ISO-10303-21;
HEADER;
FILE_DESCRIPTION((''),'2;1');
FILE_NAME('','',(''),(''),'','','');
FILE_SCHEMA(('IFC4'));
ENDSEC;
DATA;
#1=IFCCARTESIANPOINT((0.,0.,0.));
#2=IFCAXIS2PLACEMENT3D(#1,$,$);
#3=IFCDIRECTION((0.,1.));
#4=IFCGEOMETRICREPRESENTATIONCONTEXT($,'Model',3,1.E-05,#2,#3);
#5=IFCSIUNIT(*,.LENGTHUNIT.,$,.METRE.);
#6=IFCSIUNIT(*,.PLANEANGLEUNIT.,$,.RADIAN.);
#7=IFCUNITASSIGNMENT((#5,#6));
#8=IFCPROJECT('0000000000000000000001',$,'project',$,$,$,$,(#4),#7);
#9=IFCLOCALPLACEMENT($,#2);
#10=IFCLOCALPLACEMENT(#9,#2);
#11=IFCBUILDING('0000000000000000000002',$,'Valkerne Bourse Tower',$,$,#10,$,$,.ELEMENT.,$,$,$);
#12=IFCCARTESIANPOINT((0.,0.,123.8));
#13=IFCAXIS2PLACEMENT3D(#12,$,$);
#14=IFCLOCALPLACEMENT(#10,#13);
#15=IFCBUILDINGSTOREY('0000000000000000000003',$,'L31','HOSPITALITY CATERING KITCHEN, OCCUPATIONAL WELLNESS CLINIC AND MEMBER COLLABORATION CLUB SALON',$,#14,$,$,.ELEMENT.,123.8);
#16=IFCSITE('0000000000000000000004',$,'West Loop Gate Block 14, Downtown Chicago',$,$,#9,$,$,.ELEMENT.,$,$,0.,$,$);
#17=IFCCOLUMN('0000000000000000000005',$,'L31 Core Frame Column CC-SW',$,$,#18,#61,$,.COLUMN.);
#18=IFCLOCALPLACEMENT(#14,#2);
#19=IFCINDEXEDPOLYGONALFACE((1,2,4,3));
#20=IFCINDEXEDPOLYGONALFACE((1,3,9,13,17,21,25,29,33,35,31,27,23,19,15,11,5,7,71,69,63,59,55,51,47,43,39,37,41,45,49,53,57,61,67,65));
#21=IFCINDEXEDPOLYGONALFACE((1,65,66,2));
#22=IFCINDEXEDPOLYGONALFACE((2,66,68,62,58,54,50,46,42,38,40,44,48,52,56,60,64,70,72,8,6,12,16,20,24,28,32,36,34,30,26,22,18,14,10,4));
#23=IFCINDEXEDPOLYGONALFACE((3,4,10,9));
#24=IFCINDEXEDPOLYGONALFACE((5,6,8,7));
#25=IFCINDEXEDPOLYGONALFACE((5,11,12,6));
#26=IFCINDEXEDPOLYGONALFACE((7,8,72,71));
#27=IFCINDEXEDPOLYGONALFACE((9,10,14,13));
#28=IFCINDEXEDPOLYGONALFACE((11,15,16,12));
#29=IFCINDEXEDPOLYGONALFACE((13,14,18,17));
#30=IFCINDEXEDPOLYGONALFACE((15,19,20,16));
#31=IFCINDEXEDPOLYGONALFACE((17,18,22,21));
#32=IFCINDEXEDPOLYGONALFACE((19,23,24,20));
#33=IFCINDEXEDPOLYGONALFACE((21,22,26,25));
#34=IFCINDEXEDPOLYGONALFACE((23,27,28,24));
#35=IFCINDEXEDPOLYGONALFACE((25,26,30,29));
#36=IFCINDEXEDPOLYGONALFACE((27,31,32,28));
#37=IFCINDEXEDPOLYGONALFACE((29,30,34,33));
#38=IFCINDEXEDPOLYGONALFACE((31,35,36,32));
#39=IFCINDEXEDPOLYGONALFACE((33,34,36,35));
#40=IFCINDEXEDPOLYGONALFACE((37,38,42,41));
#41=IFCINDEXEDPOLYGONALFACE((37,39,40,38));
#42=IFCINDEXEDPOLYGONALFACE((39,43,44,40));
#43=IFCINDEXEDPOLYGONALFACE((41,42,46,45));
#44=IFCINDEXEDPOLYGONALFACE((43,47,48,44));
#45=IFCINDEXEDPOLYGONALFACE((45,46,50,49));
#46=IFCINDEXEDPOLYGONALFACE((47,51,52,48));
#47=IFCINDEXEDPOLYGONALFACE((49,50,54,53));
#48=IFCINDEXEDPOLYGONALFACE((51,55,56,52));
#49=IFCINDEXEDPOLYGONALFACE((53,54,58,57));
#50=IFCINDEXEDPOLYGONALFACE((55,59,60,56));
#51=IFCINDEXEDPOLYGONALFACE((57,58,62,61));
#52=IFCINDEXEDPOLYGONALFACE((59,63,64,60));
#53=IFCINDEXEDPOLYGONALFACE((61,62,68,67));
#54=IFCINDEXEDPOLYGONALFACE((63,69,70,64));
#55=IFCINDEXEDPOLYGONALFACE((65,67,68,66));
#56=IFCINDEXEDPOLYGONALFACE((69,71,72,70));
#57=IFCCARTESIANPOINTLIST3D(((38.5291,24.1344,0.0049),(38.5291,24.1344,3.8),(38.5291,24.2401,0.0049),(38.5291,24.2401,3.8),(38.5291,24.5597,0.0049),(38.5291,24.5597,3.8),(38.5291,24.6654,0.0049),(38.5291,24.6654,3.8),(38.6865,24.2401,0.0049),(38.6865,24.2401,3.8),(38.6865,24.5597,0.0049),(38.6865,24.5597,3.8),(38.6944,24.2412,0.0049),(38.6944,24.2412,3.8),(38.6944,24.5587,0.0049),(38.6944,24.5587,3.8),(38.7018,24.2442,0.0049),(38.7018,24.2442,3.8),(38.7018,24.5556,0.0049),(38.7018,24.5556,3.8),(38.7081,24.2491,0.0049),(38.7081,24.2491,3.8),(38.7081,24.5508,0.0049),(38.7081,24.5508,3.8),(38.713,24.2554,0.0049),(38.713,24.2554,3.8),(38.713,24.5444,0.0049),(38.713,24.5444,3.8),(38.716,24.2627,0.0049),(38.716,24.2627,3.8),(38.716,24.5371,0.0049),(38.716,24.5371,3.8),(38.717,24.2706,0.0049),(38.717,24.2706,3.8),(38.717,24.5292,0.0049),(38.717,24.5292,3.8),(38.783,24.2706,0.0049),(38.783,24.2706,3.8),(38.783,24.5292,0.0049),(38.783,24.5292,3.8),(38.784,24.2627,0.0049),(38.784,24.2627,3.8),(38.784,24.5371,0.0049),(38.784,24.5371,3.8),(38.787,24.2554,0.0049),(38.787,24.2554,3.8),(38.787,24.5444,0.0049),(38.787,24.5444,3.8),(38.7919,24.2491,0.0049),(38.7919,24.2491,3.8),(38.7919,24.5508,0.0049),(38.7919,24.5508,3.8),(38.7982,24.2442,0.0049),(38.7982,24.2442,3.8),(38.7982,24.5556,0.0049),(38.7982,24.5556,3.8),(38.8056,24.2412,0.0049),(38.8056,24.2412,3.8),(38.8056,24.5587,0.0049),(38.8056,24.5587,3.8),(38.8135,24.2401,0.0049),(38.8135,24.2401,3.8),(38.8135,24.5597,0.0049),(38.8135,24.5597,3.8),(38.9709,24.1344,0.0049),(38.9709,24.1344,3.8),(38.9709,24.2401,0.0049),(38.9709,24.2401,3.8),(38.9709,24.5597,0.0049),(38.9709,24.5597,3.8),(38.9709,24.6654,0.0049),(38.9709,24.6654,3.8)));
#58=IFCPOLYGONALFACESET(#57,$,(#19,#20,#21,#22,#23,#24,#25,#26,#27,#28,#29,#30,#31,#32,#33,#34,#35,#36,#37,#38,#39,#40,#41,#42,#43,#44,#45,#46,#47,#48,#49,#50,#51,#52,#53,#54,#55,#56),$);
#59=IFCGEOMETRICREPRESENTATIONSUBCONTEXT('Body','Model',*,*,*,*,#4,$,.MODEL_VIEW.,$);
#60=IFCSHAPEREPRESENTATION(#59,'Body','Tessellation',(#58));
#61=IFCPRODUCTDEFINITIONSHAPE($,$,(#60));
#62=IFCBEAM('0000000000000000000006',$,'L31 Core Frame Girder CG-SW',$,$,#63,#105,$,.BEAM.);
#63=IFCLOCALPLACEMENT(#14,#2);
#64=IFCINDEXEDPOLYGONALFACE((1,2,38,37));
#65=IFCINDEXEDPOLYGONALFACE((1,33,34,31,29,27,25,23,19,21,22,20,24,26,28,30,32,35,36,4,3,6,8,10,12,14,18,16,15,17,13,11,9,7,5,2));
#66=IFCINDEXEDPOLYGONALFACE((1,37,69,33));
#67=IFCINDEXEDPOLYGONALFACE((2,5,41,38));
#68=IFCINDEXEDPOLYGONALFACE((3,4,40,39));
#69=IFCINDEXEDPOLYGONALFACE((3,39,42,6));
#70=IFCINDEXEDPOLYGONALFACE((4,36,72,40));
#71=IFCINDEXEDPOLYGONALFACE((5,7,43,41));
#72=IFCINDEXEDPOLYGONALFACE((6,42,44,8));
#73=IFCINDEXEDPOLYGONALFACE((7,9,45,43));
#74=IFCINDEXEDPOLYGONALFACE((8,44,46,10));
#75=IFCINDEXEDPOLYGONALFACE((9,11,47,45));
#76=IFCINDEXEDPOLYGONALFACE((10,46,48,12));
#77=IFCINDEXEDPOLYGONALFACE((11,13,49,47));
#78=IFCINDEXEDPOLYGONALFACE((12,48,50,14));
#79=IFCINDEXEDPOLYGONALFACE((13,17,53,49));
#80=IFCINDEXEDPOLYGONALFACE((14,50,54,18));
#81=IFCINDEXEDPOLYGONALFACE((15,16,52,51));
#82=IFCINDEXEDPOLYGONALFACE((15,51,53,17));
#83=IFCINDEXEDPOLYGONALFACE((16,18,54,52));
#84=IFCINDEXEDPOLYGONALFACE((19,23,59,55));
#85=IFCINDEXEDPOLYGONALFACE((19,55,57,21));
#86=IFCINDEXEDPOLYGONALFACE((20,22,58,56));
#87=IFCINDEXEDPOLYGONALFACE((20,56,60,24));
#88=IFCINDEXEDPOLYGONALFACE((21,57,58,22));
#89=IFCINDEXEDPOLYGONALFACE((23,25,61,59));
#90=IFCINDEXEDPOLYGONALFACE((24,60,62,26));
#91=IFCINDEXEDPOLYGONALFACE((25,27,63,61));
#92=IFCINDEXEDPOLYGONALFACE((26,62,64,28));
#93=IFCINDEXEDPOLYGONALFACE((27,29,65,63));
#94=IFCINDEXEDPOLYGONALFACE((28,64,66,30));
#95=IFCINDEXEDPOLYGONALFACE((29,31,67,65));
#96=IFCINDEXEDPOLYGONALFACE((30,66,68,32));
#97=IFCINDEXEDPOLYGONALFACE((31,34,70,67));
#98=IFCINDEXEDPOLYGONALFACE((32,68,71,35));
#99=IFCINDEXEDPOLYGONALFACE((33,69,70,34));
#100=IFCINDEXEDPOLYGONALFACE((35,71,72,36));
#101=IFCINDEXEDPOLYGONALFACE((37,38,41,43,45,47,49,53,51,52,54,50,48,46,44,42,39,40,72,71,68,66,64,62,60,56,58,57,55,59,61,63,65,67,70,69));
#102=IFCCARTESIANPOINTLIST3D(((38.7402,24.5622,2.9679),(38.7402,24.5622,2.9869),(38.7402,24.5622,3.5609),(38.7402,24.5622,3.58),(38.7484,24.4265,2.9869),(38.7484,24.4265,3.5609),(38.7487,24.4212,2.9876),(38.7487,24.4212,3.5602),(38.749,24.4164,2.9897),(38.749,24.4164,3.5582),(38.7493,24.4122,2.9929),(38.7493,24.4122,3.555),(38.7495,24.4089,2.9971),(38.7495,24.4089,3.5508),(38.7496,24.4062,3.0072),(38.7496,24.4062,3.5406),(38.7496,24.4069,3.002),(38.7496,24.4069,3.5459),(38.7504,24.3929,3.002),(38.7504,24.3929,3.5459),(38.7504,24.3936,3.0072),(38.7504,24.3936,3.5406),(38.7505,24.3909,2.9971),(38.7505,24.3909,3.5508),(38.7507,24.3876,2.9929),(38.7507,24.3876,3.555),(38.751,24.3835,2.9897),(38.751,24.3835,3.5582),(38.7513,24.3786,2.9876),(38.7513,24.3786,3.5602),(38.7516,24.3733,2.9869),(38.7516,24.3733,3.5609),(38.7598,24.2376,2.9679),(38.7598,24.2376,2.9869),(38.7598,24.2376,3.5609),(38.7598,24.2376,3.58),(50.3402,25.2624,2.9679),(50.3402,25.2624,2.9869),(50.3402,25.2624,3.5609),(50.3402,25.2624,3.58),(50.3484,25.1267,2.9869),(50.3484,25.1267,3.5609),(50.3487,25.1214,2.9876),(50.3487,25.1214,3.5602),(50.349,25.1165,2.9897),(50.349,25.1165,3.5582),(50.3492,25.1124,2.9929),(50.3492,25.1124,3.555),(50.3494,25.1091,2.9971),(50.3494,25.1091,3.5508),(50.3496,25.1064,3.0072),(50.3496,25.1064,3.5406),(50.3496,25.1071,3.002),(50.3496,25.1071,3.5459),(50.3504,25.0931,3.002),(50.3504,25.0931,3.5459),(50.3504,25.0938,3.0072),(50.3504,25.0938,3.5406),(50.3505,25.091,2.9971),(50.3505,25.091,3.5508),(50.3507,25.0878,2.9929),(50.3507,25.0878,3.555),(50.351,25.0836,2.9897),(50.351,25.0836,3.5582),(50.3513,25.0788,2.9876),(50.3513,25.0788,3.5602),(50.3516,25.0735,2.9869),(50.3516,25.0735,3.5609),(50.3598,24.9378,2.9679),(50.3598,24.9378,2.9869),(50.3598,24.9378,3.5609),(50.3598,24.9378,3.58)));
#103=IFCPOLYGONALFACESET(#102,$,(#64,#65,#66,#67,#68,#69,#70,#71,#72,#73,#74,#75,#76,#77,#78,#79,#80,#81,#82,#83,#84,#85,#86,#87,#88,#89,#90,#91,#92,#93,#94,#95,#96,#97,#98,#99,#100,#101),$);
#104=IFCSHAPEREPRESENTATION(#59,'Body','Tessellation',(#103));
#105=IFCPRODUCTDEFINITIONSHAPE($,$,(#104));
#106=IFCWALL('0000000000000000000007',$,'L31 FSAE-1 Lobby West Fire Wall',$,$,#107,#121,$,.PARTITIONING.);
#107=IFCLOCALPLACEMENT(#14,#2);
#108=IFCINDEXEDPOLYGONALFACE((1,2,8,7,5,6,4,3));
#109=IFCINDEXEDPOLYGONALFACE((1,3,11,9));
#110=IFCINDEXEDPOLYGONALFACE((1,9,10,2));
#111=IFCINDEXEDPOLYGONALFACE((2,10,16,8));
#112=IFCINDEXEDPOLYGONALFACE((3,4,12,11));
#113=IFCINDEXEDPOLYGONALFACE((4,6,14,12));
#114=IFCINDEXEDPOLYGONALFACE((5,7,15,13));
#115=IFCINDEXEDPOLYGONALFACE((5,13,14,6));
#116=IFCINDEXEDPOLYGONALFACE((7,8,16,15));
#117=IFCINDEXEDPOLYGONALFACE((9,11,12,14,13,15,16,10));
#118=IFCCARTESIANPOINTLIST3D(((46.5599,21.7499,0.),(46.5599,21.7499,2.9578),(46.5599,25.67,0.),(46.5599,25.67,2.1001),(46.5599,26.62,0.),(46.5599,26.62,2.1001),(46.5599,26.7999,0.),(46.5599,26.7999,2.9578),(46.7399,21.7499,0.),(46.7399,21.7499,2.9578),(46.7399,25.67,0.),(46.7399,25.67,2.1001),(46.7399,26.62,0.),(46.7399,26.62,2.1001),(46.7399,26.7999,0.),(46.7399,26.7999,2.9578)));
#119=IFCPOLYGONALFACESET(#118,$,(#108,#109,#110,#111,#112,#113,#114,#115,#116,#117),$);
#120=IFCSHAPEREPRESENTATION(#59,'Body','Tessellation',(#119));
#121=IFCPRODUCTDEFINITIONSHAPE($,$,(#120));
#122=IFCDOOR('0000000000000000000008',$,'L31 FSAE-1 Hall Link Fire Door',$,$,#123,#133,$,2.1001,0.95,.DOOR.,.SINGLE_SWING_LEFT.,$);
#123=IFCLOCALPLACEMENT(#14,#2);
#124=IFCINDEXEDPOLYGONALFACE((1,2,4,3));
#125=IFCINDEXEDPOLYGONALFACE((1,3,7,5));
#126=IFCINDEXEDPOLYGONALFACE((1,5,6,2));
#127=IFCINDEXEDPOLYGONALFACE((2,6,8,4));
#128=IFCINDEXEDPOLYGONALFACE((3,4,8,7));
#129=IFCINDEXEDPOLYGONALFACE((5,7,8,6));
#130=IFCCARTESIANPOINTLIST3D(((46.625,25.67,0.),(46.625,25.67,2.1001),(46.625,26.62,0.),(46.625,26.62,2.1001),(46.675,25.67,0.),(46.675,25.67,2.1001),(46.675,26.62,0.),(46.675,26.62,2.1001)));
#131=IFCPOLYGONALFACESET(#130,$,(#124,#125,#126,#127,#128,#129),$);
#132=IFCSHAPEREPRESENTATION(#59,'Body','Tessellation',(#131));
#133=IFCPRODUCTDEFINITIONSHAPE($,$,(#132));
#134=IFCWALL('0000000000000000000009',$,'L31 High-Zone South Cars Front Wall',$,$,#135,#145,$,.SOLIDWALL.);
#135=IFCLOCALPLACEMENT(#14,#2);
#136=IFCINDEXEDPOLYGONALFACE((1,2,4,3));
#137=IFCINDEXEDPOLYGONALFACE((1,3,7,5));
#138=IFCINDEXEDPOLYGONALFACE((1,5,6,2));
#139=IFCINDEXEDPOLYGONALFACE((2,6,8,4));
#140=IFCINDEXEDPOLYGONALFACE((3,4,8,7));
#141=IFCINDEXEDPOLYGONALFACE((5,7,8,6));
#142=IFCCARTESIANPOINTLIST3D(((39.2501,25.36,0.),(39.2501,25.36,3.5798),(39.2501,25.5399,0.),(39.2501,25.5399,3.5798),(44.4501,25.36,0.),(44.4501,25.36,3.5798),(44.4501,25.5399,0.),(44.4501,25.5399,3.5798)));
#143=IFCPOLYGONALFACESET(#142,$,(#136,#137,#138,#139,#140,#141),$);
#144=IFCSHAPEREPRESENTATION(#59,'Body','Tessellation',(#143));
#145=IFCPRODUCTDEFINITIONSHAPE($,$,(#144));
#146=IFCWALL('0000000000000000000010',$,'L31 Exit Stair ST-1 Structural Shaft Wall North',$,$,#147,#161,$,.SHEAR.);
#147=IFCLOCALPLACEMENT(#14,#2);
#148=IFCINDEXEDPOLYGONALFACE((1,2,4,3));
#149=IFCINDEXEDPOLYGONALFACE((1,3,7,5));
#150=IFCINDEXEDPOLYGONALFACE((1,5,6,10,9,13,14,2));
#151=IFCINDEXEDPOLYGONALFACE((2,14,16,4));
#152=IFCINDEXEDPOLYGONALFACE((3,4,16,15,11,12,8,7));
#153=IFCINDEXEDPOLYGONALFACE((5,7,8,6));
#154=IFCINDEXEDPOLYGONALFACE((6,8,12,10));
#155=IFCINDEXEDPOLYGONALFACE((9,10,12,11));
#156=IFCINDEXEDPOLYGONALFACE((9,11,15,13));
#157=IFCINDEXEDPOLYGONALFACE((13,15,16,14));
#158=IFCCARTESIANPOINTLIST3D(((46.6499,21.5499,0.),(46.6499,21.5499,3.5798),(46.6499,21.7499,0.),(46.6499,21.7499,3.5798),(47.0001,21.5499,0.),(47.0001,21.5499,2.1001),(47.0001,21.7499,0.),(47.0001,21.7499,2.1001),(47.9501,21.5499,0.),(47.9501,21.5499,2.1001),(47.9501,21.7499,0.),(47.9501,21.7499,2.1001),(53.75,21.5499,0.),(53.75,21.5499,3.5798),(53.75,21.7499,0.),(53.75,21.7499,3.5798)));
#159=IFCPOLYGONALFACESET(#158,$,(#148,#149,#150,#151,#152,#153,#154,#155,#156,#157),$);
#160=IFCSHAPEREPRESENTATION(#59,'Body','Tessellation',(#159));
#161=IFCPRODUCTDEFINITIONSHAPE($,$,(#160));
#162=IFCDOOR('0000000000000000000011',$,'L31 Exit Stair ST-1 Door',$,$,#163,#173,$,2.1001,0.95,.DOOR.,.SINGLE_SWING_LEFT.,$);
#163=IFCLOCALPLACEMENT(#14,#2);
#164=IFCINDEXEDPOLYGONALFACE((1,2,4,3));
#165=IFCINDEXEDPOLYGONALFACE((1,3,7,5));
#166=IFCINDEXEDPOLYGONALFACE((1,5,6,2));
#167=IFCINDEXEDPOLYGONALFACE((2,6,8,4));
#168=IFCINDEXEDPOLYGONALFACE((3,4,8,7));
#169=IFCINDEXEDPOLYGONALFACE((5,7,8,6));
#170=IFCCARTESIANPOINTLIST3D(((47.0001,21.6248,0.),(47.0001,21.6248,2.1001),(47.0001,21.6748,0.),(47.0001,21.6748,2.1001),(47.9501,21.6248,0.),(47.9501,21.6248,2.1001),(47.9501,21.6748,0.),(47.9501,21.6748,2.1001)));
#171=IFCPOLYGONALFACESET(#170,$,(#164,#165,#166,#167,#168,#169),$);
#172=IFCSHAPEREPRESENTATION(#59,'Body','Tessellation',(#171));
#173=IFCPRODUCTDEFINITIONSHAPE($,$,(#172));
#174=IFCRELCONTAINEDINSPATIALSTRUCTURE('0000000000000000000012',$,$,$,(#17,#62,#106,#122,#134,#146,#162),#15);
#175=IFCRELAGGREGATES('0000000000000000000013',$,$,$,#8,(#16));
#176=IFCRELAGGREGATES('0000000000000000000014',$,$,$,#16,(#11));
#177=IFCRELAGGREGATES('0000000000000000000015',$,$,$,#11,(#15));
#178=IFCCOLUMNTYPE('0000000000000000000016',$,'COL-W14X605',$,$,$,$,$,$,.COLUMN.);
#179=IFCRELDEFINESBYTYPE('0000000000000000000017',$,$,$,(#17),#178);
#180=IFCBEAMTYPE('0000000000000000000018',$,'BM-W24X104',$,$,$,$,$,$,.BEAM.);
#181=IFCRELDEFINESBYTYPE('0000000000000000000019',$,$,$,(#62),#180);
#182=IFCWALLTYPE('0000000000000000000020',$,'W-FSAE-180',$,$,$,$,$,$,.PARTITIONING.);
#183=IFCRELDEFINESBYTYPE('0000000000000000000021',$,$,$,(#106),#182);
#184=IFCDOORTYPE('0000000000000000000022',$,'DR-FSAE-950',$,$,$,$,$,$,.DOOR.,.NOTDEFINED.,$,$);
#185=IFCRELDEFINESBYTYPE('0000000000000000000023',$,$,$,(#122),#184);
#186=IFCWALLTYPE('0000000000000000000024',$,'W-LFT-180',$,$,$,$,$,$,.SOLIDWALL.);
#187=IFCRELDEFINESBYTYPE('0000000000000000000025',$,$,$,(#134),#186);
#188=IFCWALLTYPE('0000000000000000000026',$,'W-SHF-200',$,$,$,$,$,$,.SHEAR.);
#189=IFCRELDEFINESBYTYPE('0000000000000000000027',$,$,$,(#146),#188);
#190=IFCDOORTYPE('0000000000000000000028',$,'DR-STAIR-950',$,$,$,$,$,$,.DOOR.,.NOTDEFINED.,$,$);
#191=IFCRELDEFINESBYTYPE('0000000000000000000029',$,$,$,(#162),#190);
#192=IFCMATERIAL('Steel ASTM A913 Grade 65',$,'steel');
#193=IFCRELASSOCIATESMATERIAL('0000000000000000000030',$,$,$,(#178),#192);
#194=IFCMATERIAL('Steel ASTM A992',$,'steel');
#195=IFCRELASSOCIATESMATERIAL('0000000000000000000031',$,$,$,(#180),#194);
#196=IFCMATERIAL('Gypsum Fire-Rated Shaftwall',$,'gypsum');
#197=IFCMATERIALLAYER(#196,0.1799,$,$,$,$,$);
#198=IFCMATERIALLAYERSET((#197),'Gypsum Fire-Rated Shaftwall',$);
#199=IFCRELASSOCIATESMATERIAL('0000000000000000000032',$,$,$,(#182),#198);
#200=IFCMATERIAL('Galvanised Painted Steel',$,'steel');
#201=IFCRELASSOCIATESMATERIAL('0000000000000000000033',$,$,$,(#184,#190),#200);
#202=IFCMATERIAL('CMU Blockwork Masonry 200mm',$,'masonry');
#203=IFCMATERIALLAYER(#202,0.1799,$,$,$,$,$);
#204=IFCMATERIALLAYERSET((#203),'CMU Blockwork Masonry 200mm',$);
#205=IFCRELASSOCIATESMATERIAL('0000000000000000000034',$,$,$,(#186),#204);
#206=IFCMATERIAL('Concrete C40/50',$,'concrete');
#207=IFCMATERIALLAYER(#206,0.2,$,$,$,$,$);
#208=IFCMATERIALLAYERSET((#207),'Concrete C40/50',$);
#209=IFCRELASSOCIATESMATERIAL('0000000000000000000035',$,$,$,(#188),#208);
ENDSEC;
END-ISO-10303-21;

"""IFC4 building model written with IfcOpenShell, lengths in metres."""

from ifc_helpers import new_model, si_unit, direction, frame, frame_2d, origin, origin_2d, place, context, subcontext, project, spatial, rectangle, i_section, extrude, material, layer, layer_set, material_profile, profile_set, type_object, element, fill, save


model = new_model("IFC4")

# Units and contexts
model_context = context("Model", 3, precision=1e-05, world=origin(), true_north=direction((0.0, 1.0)))
body_context = subcontext(model_context, "Body", "Model", "MODEL_VIEW")
ifc_project = project(units=[si_unit("LENGTHUNIT", "METRE"), si_unit("PLANEANGLEUNIT", "RADIAN")], contexts=[model_context])

# Site, building, storey
site_placement = place(None, origin())
site = spatial("IfcSite", under=ifc_project, at=site_placement, Name="West Loop Gate Block 14, Downtown Chicago", CompositionType="ELEMENT", RefElevation=0.0)
building_placement = place(site_placement, origin())
building = spatial("IfcBuilding", under=site, at=building_placement, Name="Valkerne Bourse Tower", CompositionType="ELEMENT")
storey_placement = place(building_placement, frame((0.0, 0.0, 123.8)))
storey = spatial("IfcBuildingStorey", under=building, at=storey_placement, Name="L31", Description="HOSPITALITY CATERING KITCHEN, OCCUPATIONAL WELLNESS CLINIC AND MEMBER COLLABORATION CLUB SALON", CompositionType="ELEMENT", Elevation=123.8)

# Column
ifc_material_1 = material(Name="Steel ASTM A913 Grade 65", Category="steel")
ifc_material_profile_1 = material_profile(ifc_material_1, i_section(OverallWidth=0.4419, OverallDepth=0.531, WebThickness=0.0659, FlangeThickness=0.1057, FilletRadius=0.0305, at=origin_2d()), Name="W14X605")
ifc_profile_set_1 = profile_set([ifc_material_profile_1], Name="Steel ASTM A913 Grade 65")
column_type = type_object("IfcColumnType", Name="COL-W14X605", PredefinedType="COLUMN", material=ifc_profile_set_1)
column_placement = place(storey_placement, frame((38.75, 24.3999, 0.0049), z_axis=(0.0, 0.0, 1.0), x_axis=(1.0, 0.0, 0.0)))
element("IfcColumn", 1, at=column_placement, inside=storey, type_object=column_type, Name="L31 Core Frame Column CC-SW", PredefinedType="COLUMN", context=body_context, shape_type="SweptSolid", body=[
    extrude(i_section(OverallWidth=0.4419, OverallDepth=0.531, WebThickness=0.0659, FlangeThickness=0.1057, FilletRadius=0.0305, at=origin_2d()), origin(), (0.0, 0.0, 1.0), 3.7952),
])

# Beam
ifc_material_2 = material(Name="Steel ASTM A992", Category="steel")
ifc_material_profile_2 = material_profile(ifc_material_2, i_section(OverallWidth=0.3252, OverallDepth=0.6121, WebThickness=0.0127, FlangeThickness=0.019, FilletRadius=0.0203, at=origin_2d()), Name="W24X104")
ifc_profile_set_2 = profile_set([ifc_material_profile_2], Name="Steel ASTM A992")
beam_type = type_object("IfcBeamType", Name="BM-W24X104", PredefinedType="BEAM", material=ifc_profile_set_2)
beam_placement = place(storey_placement, frame((38.75, 24.3999, 3.2739), z_axis=(0.998183, 0.060251, 0.0), x_axis=(-0.060251, 0.998183, 0.0)))
element("IfcBeam", 2, at=beam_placement, inside=storey, type_object=beam_type, Name="L31 Core Frame Girder CG-SW", PredefinedType="BEAM", context=body_context, shape_type="SweptSolid", body=[
    extrude(i_section(OverallWidth=0.3252, OverallDepth=0.6121, WebThickness=0.0127, FlangeThickness=0.019, FilletRadius=0.0203, at=origin_2d()), origin(), (0.0, 0.0, 1.0), 11.6211),
])

# Wall, opening, door
ifc_material_3 = material(Name="Gypsum Fire-Rated Shaftwall", Category="gypsum")
ifc_layer_1 = layer(ifc_material_3, 0.1799)
ifc_layer_set_1 = layer_set([ifc_layer_1], Name="Gypsum Fire-Rated Shaftwall")
wall_type_1 = type_object("IfcWallType", Name="W-FSAE-180", PredefinedType="PARTITIONING", material=ifc_layer_set_1)
wall_1_placement = place(storey_placement, frame((46.6499, 21.75, 0.0), z_axis=(0.0, 0.0, 1.0), x_axis=(0.0, 1.0, 0.0)))
wall_1 = element("IfcWall", 3, at=wall_1_placement, inside=storey, type_object=wall_type_1, Name="L31 FSAE-1 Lobby West Fire Wall", PredefinedType="PARTITIONING", context=body_context, shape_type="SweptSolid", body=[
    extrude(rectangle(XDim=5.05, YDim=0.1799, at=frame_2d((2.5249, 0.0))), origin(), (0.0, 0.0, 1.0), 2.9578),
])
opening_1_placement = place(wall_1_placement, frame((3.9199, 0.0, 0.0)))
opening_1 = element("IfcOpeningElement", 4, at=opening_1_placement, cuts=wall_1, PredefinedType="OPENING", context=body_context, shape_type="SweptSolid", body=[
    extrude(rectangle(XDim=0.95, YDim=2.1001, at=frame_2d((0.4751, 1.05))), frame((0.0, 0.0999, 0.0), z_axis=(0.0, -1.0, 0.0), x_axis=(1.0, 0.0, 0.0)), (0.0, 0.0, 1.0), 0.2),
])
ifc_material_4 = material(Name="Galvanised Painted Steel", Category="steel")
door_type_1 = type_object("IfcDoorType", Name="DR-FSAE-950", OperationType="NOTDEFINED", PredefinedType="DOOR", material=ifc_material_4)
door_1_placement = place(opening_1_placement, origin())
door_1 = element("IfcDoor", 5, at=door_1_placement, inside=storey, type_object=door_type_1, Name="L31 FSAE-1 Hall Link Fire Door", OperationType="SINGLE_SWING_LEFT", OverallHeight=2.1001, OverallWidth=0.95, PredefinedType="DOOR", context=body_context, shape_type="SweptSolid", body=[
    extrude(rectangle(XDim=0.95, YDim=2.1001, at=frame_2d((0.4751, 1.05))), frame((0.0, 0.0249, 0.0), z_axis=(0.0, -1.0, 0.0), x_axis=(1.0, 0.0, 0.0)), (0.0, 0.0, 1.0), 0.05),
])
fill(opening_1, door_1)

# Shared definitions
ifc_material_5 = material(Name="CMU Blockwork Masonry 200mm", Category="masonry")
ifc_layer_2 = layer(ifc_material_5, 0.1799)
ifc_layer_set_2 = layer_set([ifc_layer_2], Name="CMU Blockwork Masonry 200mm")
wall_type_2 = type_object("IfcWallType", Name="W-LFT-180", PredefinedType="SOLIDWALL", material=ifc_layer_set_2)

# Wall
wall_2_placement = place(storey_placement, frame((39.25, 25.45, 0.0), z_axis=(0.0, 0.0, 1.0), x_axis=(1.0, 0.0, 0.0)))
element("IfcWall", 6, at=wall_2_placement, inside=storey, type_object=wall_type_2, Name="L31 High-Zone South Cars Front Wall", PredefinedType="SOLIDWALL", context=body_context, shape_type="SweptSolid", body=[
    extrude(rectangle(XDim=5.2, YDim=0.1799, at=frame_2d((2.6001, 0.0))), origin(), (0.0, 0.0, 1.0), 3.5798),
])

# Wall, opening, door
ifc_material_6 = material(Name="Concrete C40/50", Category="concrete")
ifc_layer_3 = layer(ifc_material_6, 0.2)
ifc_layer_set_3 = layer_set([ifc_layer_3], Name="Concrete C40/50")
wall_type_3 = type_object("IfcWallType", Name="W-SHF-200", PredefinedType="SHEAR", material=ifc_layer_set_3)
wall_3_placement = place(storey_placement, frame((46.6499, 21.6499, 0.0), z_axis=(0.0, 0.0, 1.0), x_axis=(1.0, 0.0, 0.0)))
wall_3 = element("IfcWall", 7, at=wall_3_placement, inside=storey, type_object=wall_type_3, Name="L31 Exit Stair ST-1 Structural Shaft Wall North", PredefinedType="SHEAR", context=body_context, shape_type="SweptSolid", body=[
    extrude(rectangle(XDim=7.1001, YDim=0.2, at=frame_2d((3.55, 0.0))), origin(), (0.0, 0.0, 1.0), 3.5798),
])
opening_2_placement = place(wall_3_placement, frame((0.3501, 0.0, 0.0)))
opening_2 = element("IfcOpeningElement", 8, at=opening_2_placement, cuts=wall_3, PredefinedType="OPENING", context=body_context, shape_type="SweptSolid", body=[
    extrude(rectangle(XDim=0.95, YDim=2.1001, at=frame_2d((0.4751, 1.05))), frame((0.0, 0.1099, 0.0), z_axis=(0.0, -1.0, 0.0), x_axis=(1.0, 0.0, 0.0)), (0.0, 0.0, 1.0), 0.22),
])
door_type_2 = type_object("IfcDoorType", Name="DR-STAIR-950", OperationType="NOTDEFINED", PredefinedType="DOOR", material=ifc_material_4)
door_2_placement = place(opening_2_placement, origin())
door_2 = element("IfcDoor", 9, at=door_2_placement, inside=storey, type_object=door_type_2, Name="L31 Exit Stair ST-1 Door", OperationType="SINGLE_SWING_LEFT", OverallHeight=2.1001, OverallWidth=0.95, PredefinedType="DOOR", context=body_context, shape_type="SweptSolid", body=[
    extrude(rectangle(XDim=0.95, YDim=2.1001, at=frame_2d((0.4751, 1.05))), frame((0.0, 0.0249, 0.0), z_axis=(0.0, -1.0, 0.0), x_axis=(1.0, 0.0, 0.0)), (0.0, 0.0, 1.0), 0.05),
])
fill(opening_2, door_2)

save(model, "model.ifc")
